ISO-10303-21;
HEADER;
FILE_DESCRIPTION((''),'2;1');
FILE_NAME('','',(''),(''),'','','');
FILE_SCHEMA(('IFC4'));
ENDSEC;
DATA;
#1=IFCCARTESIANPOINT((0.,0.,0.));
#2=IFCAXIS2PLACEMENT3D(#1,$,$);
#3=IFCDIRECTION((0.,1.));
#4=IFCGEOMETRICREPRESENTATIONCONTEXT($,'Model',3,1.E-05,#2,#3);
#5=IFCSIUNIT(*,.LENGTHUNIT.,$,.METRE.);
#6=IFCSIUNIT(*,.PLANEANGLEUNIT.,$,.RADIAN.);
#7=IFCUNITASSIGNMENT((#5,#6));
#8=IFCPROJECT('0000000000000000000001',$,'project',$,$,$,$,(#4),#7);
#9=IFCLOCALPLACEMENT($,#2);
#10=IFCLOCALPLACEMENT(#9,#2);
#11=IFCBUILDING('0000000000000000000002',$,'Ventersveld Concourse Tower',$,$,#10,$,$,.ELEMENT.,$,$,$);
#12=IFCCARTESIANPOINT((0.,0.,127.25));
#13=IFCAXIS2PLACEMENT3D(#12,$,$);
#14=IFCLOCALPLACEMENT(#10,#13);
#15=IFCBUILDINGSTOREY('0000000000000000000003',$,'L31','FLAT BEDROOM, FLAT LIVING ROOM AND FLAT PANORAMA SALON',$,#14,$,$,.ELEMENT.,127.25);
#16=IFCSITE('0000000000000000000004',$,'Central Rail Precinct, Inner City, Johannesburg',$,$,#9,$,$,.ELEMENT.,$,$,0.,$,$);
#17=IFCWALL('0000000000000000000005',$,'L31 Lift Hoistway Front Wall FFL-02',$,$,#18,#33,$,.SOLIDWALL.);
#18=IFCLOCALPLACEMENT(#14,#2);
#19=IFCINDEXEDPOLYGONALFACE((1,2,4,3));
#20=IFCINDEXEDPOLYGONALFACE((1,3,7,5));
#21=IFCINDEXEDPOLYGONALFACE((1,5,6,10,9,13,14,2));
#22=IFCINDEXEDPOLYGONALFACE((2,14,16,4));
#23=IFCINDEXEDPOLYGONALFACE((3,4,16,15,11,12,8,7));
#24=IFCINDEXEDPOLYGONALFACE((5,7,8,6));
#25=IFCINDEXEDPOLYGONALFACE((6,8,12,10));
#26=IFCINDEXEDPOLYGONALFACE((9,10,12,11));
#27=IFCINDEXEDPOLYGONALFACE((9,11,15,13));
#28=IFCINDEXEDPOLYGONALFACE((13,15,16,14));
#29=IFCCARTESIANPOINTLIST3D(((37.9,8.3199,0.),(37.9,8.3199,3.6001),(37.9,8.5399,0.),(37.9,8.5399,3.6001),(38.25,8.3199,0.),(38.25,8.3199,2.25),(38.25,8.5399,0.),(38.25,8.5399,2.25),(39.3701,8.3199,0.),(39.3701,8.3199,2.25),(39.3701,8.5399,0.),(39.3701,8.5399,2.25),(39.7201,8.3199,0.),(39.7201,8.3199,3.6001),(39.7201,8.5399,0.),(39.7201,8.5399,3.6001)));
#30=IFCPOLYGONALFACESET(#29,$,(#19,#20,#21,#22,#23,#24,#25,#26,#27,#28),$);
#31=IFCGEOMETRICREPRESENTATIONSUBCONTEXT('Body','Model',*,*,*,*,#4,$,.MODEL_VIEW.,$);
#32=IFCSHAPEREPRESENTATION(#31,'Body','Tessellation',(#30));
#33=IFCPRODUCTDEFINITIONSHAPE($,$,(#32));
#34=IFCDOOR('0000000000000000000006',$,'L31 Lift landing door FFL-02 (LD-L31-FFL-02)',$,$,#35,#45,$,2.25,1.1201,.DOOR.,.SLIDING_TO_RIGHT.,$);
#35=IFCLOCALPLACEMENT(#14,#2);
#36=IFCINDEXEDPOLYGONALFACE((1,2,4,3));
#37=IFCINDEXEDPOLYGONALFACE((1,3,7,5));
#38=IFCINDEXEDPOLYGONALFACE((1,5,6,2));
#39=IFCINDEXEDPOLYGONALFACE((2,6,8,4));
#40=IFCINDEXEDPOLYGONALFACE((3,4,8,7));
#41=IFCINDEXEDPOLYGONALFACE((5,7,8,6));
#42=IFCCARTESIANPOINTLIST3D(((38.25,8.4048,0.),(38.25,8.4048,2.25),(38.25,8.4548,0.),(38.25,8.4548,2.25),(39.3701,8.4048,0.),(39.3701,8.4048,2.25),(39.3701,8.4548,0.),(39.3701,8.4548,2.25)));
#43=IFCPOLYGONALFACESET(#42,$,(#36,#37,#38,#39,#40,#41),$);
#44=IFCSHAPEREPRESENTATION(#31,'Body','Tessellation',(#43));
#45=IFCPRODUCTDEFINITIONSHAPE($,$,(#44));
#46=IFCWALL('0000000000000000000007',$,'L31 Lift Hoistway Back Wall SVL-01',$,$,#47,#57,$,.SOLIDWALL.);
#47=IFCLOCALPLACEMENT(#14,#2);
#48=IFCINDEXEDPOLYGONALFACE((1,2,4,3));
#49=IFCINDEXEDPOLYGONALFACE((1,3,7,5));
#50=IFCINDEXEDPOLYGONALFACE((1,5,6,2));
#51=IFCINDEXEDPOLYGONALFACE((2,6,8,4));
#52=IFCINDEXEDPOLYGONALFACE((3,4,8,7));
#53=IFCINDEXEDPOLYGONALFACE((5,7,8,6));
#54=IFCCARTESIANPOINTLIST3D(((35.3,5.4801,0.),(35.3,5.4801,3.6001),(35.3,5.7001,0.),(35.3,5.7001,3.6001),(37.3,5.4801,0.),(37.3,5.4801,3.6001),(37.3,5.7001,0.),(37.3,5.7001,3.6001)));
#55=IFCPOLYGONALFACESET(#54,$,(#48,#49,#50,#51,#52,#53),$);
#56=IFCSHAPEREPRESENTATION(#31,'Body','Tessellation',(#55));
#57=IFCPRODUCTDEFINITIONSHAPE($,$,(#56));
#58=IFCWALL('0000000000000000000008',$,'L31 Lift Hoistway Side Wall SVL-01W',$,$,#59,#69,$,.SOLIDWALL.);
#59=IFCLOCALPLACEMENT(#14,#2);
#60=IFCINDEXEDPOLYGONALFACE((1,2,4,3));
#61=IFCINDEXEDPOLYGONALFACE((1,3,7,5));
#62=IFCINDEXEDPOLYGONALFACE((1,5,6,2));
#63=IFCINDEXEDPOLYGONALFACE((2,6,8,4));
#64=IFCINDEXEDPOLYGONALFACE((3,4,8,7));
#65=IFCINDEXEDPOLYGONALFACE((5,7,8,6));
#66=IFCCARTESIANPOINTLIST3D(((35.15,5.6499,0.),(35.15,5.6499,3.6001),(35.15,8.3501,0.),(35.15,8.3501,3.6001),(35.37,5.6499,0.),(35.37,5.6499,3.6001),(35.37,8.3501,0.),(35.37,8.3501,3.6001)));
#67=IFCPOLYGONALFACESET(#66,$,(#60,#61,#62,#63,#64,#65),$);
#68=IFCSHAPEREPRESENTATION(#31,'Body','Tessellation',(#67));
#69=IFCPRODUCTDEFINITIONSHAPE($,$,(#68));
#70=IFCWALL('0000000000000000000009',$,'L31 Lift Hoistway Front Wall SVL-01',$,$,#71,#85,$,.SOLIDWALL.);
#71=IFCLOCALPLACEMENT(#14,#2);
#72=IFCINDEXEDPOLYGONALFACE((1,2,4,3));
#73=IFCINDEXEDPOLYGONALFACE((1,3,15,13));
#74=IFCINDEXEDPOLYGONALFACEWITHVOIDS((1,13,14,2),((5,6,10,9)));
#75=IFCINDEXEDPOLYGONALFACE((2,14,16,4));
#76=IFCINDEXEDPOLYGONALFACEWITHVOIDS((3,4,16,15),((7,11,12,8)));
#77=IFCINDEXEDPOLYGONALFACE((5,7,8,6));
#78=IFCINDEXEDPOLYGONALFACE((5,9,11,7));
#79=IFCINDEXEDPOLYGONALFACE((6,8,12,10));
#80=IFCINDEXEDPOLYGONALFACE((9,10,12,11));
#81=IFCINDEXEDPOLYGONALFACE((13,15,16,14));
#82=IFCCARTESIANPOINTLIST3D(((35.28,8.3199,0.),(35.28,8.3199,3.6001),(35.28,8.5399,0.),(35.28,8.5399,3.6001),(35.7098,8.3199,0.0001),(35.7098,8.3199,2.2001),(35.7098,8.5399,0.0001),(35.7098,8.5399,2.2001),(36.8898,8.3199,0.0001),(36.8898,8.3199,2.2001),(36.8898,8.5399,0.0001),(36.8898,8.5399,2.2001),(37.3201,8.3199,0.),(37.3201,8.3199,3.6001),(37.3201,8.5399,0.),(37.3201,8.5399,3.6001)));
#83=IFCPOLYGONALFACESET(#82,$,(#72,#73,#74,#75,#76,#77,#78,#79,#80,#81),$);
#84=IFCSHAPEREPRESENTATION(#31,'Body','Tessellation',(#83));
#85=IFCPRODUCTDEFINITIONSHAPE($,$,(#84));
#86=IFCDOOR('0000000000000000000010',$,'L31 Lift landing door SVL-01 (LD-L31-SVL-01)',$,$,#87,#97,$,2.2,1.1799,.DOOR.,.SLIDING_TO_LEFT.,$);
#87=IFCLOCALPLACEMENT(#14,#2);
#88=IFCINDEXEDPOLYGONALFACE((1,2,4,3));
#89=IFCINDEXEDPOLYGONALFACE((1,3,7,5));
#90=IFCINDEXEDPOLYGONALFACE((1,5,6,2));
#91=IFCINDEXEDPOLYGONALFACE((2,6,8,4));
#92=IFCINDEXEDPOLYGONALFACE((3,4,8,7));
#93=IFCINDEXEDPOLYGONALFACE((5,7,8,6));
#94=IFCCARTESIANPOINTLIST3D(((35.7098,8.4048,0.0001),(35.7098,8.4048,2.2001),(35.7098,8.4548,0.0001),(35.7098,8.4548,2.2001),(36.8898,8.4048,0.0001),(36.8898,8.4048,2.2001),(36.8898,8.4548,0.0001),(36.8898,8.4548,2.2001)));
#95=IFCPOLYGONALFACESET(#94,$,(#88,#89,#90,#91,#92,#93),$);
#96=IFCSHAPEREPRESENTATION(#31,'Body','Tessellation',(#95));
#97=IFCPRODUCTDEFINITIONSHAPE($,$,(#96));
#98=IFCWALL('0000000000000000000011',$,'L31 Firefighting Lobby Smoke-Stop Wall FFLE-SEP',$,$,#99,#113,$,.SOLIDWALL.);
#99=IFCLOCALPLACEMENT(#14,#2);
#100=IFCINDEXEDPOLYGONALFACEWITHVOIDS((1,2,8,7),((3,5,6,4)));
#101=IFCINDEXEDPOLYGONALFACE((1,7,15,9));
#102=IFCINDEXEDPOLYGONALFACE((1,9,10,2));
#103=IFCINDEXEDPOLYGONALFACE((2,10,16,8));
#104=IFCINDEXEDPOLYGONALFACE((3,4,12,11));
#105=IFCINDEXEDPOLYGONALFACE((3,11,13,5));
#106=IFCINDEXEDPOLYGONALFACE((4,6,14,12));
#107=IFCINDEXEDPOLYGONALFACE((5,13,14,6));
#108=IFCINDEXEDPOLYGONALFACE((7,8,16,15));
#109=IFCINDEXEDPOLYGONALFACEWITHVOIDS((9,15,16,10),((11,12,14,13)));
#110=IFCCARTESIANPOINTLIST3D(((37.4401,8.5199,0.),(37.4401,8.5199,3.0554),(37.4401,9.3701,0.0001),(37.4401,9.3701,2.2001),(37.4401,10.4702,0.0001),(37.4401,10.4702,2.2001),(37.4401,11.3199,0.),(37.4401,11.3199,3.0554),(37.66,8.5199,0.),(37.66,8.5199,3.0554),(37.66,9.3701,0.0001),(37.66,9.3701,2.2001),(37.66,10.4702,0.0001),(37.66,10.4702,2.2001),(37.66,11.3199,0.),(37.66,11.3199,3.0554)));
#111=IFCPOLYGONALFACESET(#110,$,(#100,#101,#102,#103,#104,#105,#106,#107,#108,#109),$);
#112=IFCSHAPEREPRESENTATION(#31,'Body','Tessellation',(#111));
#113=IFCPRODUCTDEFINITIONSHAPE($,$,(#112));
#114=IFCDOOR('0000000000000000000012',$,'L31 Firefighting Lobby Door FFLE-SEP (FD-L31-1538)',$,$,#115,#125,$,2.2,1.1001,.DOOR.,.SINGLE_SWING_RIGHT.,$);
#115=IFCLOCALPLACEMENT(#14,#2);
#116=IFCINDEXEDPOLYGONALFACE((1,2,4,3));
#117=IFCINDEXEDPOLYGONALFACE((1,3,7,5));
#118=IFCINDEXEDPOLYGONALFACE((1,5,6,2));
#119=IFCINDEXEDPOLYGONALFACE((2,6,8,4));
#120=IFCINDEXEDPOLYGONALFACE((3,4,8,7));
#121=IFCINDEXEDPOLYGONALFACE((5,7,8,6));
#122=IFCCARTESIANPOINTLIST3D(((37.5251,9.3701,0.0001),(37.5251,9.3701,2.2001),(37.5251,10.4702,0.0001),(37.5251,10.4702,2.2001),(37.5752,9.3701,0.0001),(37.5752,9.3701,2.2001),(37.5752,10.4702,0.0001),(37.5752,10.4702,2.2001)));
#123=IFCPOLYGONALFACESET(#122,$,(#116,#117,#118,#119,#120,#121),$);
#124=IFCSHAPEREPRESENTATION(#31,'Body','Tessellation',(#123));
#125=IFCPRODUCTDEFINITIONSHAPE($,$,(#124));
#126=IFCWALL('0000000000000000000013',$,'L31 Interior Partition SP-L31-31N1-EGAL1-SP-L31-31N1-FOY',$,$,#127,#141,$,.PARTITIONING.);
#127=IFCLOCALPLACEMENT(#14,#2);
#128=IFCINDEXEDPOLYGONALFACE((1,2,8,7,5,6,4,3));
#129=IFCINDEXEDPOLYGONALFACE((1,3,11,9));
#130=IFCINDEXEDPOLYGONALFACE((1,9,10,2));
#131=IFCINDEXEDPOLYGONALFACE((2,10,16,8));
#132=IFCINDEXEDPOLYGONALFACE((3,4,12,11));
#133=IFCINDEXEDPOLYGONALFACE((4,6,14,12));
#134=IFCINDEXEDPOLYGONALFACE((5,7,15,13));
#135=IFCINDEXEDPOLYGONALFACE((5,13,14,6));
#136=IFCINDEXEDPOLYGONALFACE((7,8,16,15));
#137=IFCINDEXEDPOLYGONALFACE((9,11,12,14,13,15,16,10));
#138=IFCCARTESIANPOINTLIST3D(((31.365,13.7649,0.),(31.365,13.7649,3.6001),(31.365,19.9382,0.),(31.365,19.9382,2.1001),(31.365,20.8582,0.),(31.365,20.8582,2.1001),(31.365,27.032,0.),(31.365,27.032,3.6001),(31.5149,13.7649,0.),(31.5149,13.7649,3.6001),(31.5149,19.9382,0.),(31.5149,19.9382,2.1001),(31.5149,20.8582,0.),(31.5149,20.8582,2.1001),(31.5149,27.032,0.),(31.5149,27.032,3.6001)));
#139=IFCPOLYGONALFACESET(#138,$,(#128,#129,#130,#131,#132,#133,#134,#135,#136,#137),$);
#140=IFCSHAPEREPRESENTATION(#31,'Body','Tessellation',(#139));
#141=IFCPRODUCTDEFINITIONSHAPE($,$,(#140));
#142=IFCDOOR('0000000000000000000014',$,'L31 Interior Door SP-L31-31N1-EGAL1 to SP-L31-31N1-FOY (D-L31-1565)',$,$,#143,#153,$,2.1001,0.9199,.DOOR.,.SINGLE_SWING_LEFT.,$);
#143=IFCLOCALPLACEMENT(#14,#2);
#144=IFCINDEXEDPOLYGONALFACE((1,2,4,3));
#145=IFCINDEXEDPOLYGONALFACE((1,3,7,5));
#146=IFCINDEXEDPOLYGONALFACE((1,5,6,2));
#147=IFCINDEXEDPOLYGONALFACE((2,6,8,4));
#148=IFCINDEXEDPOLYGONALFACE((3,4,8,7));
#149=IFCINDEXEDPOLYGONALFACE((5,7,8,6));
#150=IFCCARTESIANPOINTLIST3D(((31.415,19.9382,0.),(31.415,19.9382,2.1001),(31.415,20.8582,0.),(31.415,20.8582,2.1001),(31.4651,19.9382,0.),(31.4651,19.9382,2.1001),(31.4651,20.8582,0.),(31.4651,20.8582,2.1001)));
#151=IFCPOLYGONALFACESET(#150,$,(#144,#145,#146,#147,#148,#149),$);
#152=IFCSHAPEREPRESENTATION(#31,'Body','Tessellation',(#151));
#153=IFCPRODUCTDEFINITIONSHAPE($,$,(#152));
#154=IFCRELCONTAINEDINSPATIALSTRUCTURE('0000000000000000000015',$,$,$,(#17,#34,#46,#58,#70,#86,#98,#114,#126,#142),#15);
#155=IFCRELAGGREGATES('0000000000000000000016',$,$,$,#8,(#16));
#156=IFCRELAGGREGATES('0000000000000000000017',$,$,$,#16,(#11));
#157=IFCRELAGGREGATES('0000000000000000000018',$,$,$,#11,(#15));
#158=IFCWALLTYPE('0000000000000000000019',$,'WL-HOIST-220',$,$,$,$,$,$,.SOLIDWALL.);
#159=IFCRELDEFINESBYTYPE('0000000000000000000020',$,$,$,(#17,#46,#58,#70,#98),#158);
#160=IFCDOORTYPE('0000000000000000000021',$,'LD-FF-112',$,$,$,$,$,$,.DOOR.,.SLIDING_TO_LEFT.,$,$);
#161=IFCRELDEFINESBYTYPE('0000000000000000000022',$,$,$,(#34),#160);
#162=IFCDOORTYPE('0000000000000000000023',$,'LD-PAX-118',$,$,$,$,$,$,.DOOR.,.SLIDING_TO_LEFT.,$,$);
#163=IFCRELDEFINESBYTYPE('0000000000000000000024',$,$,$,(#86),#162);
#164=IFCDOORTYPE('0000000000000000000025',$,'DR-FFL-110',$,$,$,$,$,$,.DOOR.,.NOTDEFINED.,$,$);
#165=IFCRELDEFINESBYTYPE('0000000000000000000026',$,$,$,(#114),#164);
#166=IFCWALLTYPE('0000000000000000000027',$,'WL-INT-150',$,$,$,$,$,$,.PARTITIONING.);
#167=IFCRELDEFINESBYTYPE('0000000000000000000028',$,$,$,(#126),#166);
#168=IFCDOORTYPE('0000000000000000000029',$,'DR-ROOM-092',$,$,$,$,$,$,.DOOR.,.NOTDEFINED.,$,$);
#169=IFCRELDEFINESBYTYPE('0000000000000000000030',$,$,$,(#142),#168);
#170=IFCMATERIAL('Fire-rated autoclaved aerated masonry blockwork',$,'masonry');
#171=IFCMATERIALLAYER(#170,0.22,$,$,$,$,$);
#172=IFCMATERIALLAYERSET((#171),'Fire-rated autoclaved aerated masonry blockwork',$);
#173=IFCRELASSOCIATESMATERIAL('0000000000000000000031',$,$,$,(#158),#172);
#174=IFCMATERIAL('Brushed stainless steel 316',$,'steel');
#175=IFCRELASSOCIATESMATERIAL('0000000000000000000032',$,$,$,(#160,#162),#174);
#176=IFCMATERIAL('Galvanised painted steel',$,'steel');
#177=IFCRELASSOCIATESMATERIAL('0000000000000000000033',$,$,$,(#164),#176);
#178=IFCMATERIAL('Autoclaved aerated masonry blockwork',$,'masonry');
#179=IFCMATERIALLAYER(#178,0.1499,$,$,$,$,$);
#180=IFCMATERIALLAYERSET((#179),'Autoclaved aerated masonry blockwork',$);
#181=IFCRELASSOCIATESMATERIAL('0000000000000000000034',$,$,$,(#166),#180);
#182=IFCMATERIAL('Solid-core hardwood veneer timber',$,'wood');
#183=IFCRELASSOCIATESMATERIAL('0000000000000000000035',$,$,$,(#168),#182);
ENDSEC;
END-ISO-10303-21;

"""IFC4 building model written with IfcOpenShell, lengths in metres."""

from ifc_helpers import new_model, si_unit, direction, frame, frame_2d, origin, place, context, subcontext, project, spatial, rectangle, extrude, material, layer, layer_set, type_object, element, fill, save


model = new_model("IFC4")

# Units and contexts
model_context = context("Model", 3, precision=1e-05, world=origin(), true_north=direction((0.0, 1.0)))
body_context = subcontext(model_context, "Body", "Model", "MODEL_VIEW")
ifc_project = project(units=[si_unit("LENGTHUNIT", "METRE"), si_unit("PLANEANGLEUNIT", "RADIAN")], contexts=[model_context])

# Site, building, storey
site_placement = place(None, origin())
site = spatial("IfcSite", under=ifc_project, at=site_placement, Name="Central Rail Precinct, Inner City, Johannesburg", CompositionType="ELEMENT", RefElevation=0.0)
building_placement = place(site_placement, origin())
building = spatial("IfcBuilding", under=site, at=building_placement, Name="Ventersveld Concourse Tower", CompositionType="ELEMENT")
storey_placement = place(building_placement, frame((0.0, 0.0, 127.25)))
storey = spatial("IfcBuildingStorey", under=building, at=storey_placement, Name="L31", Description="FLAT BEDROOM, FLAT LIVING ROOM AND FLAT PANORAMA SALON", CompositionType="ELEMENT", Elevation=127.25)

# Shared definitions
ifc_material_1 = material(Name="Fire-rated autoclaved aerated masonry blockwork", Category="masonry")
ifc_layer_1 = layer(ifc_material_1, 0.22)
ifc_layer_set_1 = layer_set([ifc_layer_1], Name="Fire-rated autoclaved aerated masonry blockwork")
wall_type_1 = type_object("IfcWallType", Name="WL-HOIST-220", PredefinedType="SOLIDWALL", material=ifc_layer_set_1)

# Wall, opening, door
wall_1_placement = place(storey_placement, frame((37.8999, 8.4299, 0.0), z_axis=(0.0, 0.0, 1.0), x_axis=(1.0, 0.0, 0.0)))
wall_1 = element("IfcWall", 1, at=wall_1_placement, inside=storey, type_object=wall_type_1, Name="L31 Lift Hoistway Front Wall FFL-02", PredefinedType="SOLIDWALL", context=body_context, shape_type="SweptSolid", body=[
    extrude(rectangle(XDim=1.8201, YDim=0.22, at=frame_2d((0.9102, 0.0))), origin(), (0.0, 0.0, 1.0), 3.6001),
])
opening_1_placement = place(wall_1_placement, frame((0.3501, 0.0, 0.0)))
opening_1 = element("IfcOpeningElement", 2, at=opening_1_placement, cuts=wall_1, PredefinedType="OPENING", context=body_context, shape_type="SweptSolid", body=[
    extrude(rectangle(XDim=1.1201, YDim=2.25, at=frame_2d((0.5601, 1.125))), frame((0.0, 0.1201, 0.0), z_axis=(0.0, -1.0, 0.0), x_axis=(1.0, 0.0, 0.0)), (0.0, 0.0, 1.0), 0.24),
])
ifc_material_2 = material(Name="Brushed stainless steel 316", Category="steel")
door_type_1 = type_object("IfcDoorType", Name="LD-FF-112", OperationType="SLIDING_TO_LEFT", PredefinedType="DOOR", material=ifc_material_2)
door_1_placement = place(opening_1_placement, origin())
door_1 = element("IfcDoor", 3, at=door_1_placement, inside=storey, type_object=door_type_1, Name="L31 Lift landing door FFL-02 (LD-L31-FFL-02)", OperationType="SLIDING_TO_RIGHT", OverallHeight=2.25, OverallWidth=1.1201, PredefinedType="DOOR", context=body_context, shape_type="SweptSolid", body=[
    extrude(rectangle(XDim=1.1201, YDim=2.25, at=frame_2d((0.5601, 1.125))), frame((0.0, 0.0249, 0.0), z_axis=(0.0, -1.0, 0.0), x_axis=(1.0, 0.0, 0.0)), (0.0, 0.0, 1.0), 0.05),
])
fill(opening_1, door_1)

# Walls
wall_2_placement = place(storey_placement, frame((35.3, 5.5901, 0.0), z_axis=(0.0, 0.0, 1.0), x_axis=(1.0, 0.0, 0.0)))
element("IfcWall", 4, at=wall_2_placement, inside=storey, type_object=wall_type_1, Name="L31 Lift Hoistway Back Wall SVL-01", PredefinedType="SOLIDWALL", context=body_context, shape_type="SweptSolid", body=[
    extrude(rectangle(XDim=2.0, YDim=0.22, at=frame_2d((1.0, 0.0))), origin(), (0.0, 0.0, 1.0), 3.6001),
])
wall_3_placement = place(storey_placement, frame((35.26, 5.6499, 0.0), z_axis=(0.0, 0.0, 1.0), x_axis=(0.0, 1.0, 0.0)))
element("IfcWall", 5, at=wall_3_placement, inside=storey, type_object=wall_type_1, Name="L31 Lift Hoistway Side Wall SVL-01W", PredefinedType="SOLIDWALL", context=body_context, shape_type="SweptSolid", body=[
    extrude(rectangle(XDim=2.7002, YDim=0.22, at=frame_2d((1.3501, 0.0))), origin(), (0.0, 0.0, 1.0), 3.6001),
])

# Walls, openings, doors
wall_4_placement = place(storey_placement, frame((35.28, 8.4299, 0.0), z_axis=(0.0, 0.0, 1.0), x_axis=(1.0, 0.0, 0.0)))
wall_4 = element("IfcWall", 6, at=wall_4_placement, inside=storey, type_object=wall_type_1, Name="L31 Lift Hoistway Front Wall SVL-01", PredefinedType="SOLIDWALL", context=body_context, shape_type="SweptSolid", body=[
    extrude(rectangle(XDim=2.04, YDim=0.22, at=frame_2d((1.02, 0.0))), origin(), (0.0, 0.0, 1.0), 3.6001),
])
opening_2_placement = place(wall_4_placement, frame((0.4299, 0.0, 0.0)))
opening_2 = element("IfcOpeningElement", 7, at=opening_2_placement, cuts=wall_4, PredefinedType="OPENING", context=body_context, shape_type="SweptSolid", body=[
    extrude(rectangle(XDim=1.1799, YDim=2.2, at=frame_2d((0.5898, 1.1001))), frame((0.0, 0.1201, 0.0), z_axis=(0.0, -1.0, 0.0), x_axis=(1.0, 0.0, 0.0)), (0.0, 0.0, 1.0), 0.24),
])
door_type_2 = type_object("IfcDoorType", Name="LD-PAX-118", OperationType="SLIDING_TO_LEFT", PredefinedType="DOOR", material=ifc_material_2)
door_2_placement = place(opening_2_placement, origin())
door_2 = element("IfcDoor", 8, at=door_2_placement, inside=storey, type_object=door_type_2, Name="L31 Lift landing door SVL-01 (LD-L31-SVL-01)", OperationType="SLIDING_TO_LEFT", OverallHeight=2.2, OverallWidth=1.1799, PredefinedType="DOOR", context=body_context, shape_type="SweptSolid", body=[
    extrude(rectangle(XDim=1.1799, YDim=2.2, at=frame_2d((0.5898, 1.1001))), frame((0.0, 0.0249, 0.0), z_axis=(0.0, -1.0, 0.0), x_axis=(1.0, 0.0, 0.0)), (0.0, 0.0, 1.0), 0.05),
])
fill(opening_2, door_2)
wall_5_placement = place(storey_placement, frame((37.55, 8.52, 0.0), z_axis=(0.0, 0.0, 1.0), x_axis=(0.0, 1.0, 0.0)))
wall_5 = element("IfcWall", 9, at=wall_5_placement, inside=storey, type_object=wall_type_1, Name="L31 Firefighting Lobby Smoke-Stop Wall FFLE-SEP", PredefinedType="SOLIDWALL", context=body_context, shape_type="SweptSolid", body=[
    extrude(rectangle(XDim=2.8, YDim=0.22, at=frame_2d((1.3999, 0.0))), origin(), (0.0, 0.0, 1.0), 3.0554),
])
opening_3_placement = place(wall_5_placement, frame((0.8501, 0.0, 0.0)))
opening_3 = element("IfcOpeningElement", 10, at=opening_3_placement, cuts=wall_5, PredefinedType="OPENING", context=body_context, shape_type="SweptSolid", body=[
    extrude(rectangle(XDim=1.1001, YDim=2.2, at=frame_2d((0.55, 1.1001))), frame((0.0, 0.1201, 0.0), z_axis=(0.0, -1.0, 0.0), x_axis=(1.0, 0.0, 0.0)), (0.0, 0.0, 1.0), 0.24),
])
ifc_material_3 = material(Name="Galvanised painted steel", Category="steel")
door_type_3 = type_object("IfcDoorType", Name="DR-FFL-110", OperationType="NOTDEFINED", PredefinedType="DOOR", material=ifc_material_3)
door_3_placement = place(opening_3_placement, origin())
door_3 = element("IfcDoor", 11, at=door_3_placement, inside=storey, type_object=door_type_3, Name="L31 Firefighting Lobby Door FFLE-SEP (FD-L31-1538)", OperationType="SINGLE_SWING_RIGHT", OverallHeight=2.2, OverallWidth=1.1001, PredefinedType="DOOR", context=body_context, shape_type="SweptSolid", body=[
    extrude(rectangle(XDim=1.1001, YDim=2.2, at=frame_2d((0.55, 1.1001))), frame((0.0, 0.0249, 0.0), z_axis=(0.0, -1.0, 0.0), x_axis=(1.0, 0.0, 0.0)), (0.0, 0.0, 1.0), 0.05),
])
fill(opening_3, door_3)
ifc_material_4 = material(Name="Autoclaved aerated masonry blockwork", Category="masonry")
ifc_layer_2 = layer(ifc_material_4, 0.1499)
ifc_layer_set_2 = layer_set([ifc_layer_2], Name="Autoclaved aerated masonry blockwork")
wall_type_2 = type_object("IfcWallType", Name="WL-INT-150", PredefinedType="PARTITIONING", material=ifc_layer_set_2)
wall_6_placement = place(storey_placement, frame((31.4399, 13.7649, 0.0), z_axis=(0.0, 0.0, 1.0), x_axis=(0.0, 1.0, 0.0)))
wall_6 = element("IfcWall", 12, at=wall_6_placement, inside=storey, type_object=wall_type_2, Name="L31 Interior Partition SP-L31-31N1-EGAL1-SP-L31-31N1-FOY", PredefinedType="PARTITIONING", context=body_context, shape_type="SweptSolid", body=[
    extrude(rectangle(XDim=13.2671, YDim=0.1499, at=frame_2d((6.6335, 0.0))), origin(), (0.0, 0.0, 1.0), 3.6001),
])
opening_4_placement = place(wall_6_placement, frame((6.1733, 0.0, 0.0)))
opening_4 = element("IfcOpeningElement", 13, at=opening_4_placement, cuts=wall_6, PredefinedType="OPENING", context=body_context, shape_type="SweptSolid", body=[
    extrude(rectangle(XDim=0.9199, YDim=2.1001, at=frame_2d((0.46, 1.05))), frame((0.0, 0.085, 0.0), z_axis=(0.0, -1.0, 0.0), x_axis=(1.0, 0.0, 0.0)), (0.0, 0.0, 1.0), 0.1699),
])
ifc_material_5 = material(Name="Solid-core hardwood veneer timber", Category="wood")
door_type_4 = type_object("IfcDoorType", Name="DR-ROOM-092", OperationType="NOTDEFINED", PredefinedType="DOOR", material=ifc_material_5)
door_4_placement = place(opening_4_placement, origin())
door_4 = element("IfcDoor", 14, at=door_4_placement, inside=storey, type_object=door_type_4, Name="L31 Interior Door SP-L31-31N1-EGAL1 to SP-L31-31N1-FOY (D-L31-1565)", OperationType="SINGLE_SWING_LEFT", OverallHeight=2.1001, OverallWidth=0.9199, PredefinedType="DOOR", context=body_context, shape_type="SweptSolid", body=[
    extrude(rectangle(XDim=0.9199, YDim=2.1001, at=frame_2d((0.46, 1.05))), frame((0.0, 0.0249, 0.0), z_axis=(0.0, -1.0, 0.0), x_axis=(1.0, 0.0, 0.0)), (0.0, 0.0, 1.0), 0.05),
])
fill(opening_4, door_4)

save(model, "model.ifc")
